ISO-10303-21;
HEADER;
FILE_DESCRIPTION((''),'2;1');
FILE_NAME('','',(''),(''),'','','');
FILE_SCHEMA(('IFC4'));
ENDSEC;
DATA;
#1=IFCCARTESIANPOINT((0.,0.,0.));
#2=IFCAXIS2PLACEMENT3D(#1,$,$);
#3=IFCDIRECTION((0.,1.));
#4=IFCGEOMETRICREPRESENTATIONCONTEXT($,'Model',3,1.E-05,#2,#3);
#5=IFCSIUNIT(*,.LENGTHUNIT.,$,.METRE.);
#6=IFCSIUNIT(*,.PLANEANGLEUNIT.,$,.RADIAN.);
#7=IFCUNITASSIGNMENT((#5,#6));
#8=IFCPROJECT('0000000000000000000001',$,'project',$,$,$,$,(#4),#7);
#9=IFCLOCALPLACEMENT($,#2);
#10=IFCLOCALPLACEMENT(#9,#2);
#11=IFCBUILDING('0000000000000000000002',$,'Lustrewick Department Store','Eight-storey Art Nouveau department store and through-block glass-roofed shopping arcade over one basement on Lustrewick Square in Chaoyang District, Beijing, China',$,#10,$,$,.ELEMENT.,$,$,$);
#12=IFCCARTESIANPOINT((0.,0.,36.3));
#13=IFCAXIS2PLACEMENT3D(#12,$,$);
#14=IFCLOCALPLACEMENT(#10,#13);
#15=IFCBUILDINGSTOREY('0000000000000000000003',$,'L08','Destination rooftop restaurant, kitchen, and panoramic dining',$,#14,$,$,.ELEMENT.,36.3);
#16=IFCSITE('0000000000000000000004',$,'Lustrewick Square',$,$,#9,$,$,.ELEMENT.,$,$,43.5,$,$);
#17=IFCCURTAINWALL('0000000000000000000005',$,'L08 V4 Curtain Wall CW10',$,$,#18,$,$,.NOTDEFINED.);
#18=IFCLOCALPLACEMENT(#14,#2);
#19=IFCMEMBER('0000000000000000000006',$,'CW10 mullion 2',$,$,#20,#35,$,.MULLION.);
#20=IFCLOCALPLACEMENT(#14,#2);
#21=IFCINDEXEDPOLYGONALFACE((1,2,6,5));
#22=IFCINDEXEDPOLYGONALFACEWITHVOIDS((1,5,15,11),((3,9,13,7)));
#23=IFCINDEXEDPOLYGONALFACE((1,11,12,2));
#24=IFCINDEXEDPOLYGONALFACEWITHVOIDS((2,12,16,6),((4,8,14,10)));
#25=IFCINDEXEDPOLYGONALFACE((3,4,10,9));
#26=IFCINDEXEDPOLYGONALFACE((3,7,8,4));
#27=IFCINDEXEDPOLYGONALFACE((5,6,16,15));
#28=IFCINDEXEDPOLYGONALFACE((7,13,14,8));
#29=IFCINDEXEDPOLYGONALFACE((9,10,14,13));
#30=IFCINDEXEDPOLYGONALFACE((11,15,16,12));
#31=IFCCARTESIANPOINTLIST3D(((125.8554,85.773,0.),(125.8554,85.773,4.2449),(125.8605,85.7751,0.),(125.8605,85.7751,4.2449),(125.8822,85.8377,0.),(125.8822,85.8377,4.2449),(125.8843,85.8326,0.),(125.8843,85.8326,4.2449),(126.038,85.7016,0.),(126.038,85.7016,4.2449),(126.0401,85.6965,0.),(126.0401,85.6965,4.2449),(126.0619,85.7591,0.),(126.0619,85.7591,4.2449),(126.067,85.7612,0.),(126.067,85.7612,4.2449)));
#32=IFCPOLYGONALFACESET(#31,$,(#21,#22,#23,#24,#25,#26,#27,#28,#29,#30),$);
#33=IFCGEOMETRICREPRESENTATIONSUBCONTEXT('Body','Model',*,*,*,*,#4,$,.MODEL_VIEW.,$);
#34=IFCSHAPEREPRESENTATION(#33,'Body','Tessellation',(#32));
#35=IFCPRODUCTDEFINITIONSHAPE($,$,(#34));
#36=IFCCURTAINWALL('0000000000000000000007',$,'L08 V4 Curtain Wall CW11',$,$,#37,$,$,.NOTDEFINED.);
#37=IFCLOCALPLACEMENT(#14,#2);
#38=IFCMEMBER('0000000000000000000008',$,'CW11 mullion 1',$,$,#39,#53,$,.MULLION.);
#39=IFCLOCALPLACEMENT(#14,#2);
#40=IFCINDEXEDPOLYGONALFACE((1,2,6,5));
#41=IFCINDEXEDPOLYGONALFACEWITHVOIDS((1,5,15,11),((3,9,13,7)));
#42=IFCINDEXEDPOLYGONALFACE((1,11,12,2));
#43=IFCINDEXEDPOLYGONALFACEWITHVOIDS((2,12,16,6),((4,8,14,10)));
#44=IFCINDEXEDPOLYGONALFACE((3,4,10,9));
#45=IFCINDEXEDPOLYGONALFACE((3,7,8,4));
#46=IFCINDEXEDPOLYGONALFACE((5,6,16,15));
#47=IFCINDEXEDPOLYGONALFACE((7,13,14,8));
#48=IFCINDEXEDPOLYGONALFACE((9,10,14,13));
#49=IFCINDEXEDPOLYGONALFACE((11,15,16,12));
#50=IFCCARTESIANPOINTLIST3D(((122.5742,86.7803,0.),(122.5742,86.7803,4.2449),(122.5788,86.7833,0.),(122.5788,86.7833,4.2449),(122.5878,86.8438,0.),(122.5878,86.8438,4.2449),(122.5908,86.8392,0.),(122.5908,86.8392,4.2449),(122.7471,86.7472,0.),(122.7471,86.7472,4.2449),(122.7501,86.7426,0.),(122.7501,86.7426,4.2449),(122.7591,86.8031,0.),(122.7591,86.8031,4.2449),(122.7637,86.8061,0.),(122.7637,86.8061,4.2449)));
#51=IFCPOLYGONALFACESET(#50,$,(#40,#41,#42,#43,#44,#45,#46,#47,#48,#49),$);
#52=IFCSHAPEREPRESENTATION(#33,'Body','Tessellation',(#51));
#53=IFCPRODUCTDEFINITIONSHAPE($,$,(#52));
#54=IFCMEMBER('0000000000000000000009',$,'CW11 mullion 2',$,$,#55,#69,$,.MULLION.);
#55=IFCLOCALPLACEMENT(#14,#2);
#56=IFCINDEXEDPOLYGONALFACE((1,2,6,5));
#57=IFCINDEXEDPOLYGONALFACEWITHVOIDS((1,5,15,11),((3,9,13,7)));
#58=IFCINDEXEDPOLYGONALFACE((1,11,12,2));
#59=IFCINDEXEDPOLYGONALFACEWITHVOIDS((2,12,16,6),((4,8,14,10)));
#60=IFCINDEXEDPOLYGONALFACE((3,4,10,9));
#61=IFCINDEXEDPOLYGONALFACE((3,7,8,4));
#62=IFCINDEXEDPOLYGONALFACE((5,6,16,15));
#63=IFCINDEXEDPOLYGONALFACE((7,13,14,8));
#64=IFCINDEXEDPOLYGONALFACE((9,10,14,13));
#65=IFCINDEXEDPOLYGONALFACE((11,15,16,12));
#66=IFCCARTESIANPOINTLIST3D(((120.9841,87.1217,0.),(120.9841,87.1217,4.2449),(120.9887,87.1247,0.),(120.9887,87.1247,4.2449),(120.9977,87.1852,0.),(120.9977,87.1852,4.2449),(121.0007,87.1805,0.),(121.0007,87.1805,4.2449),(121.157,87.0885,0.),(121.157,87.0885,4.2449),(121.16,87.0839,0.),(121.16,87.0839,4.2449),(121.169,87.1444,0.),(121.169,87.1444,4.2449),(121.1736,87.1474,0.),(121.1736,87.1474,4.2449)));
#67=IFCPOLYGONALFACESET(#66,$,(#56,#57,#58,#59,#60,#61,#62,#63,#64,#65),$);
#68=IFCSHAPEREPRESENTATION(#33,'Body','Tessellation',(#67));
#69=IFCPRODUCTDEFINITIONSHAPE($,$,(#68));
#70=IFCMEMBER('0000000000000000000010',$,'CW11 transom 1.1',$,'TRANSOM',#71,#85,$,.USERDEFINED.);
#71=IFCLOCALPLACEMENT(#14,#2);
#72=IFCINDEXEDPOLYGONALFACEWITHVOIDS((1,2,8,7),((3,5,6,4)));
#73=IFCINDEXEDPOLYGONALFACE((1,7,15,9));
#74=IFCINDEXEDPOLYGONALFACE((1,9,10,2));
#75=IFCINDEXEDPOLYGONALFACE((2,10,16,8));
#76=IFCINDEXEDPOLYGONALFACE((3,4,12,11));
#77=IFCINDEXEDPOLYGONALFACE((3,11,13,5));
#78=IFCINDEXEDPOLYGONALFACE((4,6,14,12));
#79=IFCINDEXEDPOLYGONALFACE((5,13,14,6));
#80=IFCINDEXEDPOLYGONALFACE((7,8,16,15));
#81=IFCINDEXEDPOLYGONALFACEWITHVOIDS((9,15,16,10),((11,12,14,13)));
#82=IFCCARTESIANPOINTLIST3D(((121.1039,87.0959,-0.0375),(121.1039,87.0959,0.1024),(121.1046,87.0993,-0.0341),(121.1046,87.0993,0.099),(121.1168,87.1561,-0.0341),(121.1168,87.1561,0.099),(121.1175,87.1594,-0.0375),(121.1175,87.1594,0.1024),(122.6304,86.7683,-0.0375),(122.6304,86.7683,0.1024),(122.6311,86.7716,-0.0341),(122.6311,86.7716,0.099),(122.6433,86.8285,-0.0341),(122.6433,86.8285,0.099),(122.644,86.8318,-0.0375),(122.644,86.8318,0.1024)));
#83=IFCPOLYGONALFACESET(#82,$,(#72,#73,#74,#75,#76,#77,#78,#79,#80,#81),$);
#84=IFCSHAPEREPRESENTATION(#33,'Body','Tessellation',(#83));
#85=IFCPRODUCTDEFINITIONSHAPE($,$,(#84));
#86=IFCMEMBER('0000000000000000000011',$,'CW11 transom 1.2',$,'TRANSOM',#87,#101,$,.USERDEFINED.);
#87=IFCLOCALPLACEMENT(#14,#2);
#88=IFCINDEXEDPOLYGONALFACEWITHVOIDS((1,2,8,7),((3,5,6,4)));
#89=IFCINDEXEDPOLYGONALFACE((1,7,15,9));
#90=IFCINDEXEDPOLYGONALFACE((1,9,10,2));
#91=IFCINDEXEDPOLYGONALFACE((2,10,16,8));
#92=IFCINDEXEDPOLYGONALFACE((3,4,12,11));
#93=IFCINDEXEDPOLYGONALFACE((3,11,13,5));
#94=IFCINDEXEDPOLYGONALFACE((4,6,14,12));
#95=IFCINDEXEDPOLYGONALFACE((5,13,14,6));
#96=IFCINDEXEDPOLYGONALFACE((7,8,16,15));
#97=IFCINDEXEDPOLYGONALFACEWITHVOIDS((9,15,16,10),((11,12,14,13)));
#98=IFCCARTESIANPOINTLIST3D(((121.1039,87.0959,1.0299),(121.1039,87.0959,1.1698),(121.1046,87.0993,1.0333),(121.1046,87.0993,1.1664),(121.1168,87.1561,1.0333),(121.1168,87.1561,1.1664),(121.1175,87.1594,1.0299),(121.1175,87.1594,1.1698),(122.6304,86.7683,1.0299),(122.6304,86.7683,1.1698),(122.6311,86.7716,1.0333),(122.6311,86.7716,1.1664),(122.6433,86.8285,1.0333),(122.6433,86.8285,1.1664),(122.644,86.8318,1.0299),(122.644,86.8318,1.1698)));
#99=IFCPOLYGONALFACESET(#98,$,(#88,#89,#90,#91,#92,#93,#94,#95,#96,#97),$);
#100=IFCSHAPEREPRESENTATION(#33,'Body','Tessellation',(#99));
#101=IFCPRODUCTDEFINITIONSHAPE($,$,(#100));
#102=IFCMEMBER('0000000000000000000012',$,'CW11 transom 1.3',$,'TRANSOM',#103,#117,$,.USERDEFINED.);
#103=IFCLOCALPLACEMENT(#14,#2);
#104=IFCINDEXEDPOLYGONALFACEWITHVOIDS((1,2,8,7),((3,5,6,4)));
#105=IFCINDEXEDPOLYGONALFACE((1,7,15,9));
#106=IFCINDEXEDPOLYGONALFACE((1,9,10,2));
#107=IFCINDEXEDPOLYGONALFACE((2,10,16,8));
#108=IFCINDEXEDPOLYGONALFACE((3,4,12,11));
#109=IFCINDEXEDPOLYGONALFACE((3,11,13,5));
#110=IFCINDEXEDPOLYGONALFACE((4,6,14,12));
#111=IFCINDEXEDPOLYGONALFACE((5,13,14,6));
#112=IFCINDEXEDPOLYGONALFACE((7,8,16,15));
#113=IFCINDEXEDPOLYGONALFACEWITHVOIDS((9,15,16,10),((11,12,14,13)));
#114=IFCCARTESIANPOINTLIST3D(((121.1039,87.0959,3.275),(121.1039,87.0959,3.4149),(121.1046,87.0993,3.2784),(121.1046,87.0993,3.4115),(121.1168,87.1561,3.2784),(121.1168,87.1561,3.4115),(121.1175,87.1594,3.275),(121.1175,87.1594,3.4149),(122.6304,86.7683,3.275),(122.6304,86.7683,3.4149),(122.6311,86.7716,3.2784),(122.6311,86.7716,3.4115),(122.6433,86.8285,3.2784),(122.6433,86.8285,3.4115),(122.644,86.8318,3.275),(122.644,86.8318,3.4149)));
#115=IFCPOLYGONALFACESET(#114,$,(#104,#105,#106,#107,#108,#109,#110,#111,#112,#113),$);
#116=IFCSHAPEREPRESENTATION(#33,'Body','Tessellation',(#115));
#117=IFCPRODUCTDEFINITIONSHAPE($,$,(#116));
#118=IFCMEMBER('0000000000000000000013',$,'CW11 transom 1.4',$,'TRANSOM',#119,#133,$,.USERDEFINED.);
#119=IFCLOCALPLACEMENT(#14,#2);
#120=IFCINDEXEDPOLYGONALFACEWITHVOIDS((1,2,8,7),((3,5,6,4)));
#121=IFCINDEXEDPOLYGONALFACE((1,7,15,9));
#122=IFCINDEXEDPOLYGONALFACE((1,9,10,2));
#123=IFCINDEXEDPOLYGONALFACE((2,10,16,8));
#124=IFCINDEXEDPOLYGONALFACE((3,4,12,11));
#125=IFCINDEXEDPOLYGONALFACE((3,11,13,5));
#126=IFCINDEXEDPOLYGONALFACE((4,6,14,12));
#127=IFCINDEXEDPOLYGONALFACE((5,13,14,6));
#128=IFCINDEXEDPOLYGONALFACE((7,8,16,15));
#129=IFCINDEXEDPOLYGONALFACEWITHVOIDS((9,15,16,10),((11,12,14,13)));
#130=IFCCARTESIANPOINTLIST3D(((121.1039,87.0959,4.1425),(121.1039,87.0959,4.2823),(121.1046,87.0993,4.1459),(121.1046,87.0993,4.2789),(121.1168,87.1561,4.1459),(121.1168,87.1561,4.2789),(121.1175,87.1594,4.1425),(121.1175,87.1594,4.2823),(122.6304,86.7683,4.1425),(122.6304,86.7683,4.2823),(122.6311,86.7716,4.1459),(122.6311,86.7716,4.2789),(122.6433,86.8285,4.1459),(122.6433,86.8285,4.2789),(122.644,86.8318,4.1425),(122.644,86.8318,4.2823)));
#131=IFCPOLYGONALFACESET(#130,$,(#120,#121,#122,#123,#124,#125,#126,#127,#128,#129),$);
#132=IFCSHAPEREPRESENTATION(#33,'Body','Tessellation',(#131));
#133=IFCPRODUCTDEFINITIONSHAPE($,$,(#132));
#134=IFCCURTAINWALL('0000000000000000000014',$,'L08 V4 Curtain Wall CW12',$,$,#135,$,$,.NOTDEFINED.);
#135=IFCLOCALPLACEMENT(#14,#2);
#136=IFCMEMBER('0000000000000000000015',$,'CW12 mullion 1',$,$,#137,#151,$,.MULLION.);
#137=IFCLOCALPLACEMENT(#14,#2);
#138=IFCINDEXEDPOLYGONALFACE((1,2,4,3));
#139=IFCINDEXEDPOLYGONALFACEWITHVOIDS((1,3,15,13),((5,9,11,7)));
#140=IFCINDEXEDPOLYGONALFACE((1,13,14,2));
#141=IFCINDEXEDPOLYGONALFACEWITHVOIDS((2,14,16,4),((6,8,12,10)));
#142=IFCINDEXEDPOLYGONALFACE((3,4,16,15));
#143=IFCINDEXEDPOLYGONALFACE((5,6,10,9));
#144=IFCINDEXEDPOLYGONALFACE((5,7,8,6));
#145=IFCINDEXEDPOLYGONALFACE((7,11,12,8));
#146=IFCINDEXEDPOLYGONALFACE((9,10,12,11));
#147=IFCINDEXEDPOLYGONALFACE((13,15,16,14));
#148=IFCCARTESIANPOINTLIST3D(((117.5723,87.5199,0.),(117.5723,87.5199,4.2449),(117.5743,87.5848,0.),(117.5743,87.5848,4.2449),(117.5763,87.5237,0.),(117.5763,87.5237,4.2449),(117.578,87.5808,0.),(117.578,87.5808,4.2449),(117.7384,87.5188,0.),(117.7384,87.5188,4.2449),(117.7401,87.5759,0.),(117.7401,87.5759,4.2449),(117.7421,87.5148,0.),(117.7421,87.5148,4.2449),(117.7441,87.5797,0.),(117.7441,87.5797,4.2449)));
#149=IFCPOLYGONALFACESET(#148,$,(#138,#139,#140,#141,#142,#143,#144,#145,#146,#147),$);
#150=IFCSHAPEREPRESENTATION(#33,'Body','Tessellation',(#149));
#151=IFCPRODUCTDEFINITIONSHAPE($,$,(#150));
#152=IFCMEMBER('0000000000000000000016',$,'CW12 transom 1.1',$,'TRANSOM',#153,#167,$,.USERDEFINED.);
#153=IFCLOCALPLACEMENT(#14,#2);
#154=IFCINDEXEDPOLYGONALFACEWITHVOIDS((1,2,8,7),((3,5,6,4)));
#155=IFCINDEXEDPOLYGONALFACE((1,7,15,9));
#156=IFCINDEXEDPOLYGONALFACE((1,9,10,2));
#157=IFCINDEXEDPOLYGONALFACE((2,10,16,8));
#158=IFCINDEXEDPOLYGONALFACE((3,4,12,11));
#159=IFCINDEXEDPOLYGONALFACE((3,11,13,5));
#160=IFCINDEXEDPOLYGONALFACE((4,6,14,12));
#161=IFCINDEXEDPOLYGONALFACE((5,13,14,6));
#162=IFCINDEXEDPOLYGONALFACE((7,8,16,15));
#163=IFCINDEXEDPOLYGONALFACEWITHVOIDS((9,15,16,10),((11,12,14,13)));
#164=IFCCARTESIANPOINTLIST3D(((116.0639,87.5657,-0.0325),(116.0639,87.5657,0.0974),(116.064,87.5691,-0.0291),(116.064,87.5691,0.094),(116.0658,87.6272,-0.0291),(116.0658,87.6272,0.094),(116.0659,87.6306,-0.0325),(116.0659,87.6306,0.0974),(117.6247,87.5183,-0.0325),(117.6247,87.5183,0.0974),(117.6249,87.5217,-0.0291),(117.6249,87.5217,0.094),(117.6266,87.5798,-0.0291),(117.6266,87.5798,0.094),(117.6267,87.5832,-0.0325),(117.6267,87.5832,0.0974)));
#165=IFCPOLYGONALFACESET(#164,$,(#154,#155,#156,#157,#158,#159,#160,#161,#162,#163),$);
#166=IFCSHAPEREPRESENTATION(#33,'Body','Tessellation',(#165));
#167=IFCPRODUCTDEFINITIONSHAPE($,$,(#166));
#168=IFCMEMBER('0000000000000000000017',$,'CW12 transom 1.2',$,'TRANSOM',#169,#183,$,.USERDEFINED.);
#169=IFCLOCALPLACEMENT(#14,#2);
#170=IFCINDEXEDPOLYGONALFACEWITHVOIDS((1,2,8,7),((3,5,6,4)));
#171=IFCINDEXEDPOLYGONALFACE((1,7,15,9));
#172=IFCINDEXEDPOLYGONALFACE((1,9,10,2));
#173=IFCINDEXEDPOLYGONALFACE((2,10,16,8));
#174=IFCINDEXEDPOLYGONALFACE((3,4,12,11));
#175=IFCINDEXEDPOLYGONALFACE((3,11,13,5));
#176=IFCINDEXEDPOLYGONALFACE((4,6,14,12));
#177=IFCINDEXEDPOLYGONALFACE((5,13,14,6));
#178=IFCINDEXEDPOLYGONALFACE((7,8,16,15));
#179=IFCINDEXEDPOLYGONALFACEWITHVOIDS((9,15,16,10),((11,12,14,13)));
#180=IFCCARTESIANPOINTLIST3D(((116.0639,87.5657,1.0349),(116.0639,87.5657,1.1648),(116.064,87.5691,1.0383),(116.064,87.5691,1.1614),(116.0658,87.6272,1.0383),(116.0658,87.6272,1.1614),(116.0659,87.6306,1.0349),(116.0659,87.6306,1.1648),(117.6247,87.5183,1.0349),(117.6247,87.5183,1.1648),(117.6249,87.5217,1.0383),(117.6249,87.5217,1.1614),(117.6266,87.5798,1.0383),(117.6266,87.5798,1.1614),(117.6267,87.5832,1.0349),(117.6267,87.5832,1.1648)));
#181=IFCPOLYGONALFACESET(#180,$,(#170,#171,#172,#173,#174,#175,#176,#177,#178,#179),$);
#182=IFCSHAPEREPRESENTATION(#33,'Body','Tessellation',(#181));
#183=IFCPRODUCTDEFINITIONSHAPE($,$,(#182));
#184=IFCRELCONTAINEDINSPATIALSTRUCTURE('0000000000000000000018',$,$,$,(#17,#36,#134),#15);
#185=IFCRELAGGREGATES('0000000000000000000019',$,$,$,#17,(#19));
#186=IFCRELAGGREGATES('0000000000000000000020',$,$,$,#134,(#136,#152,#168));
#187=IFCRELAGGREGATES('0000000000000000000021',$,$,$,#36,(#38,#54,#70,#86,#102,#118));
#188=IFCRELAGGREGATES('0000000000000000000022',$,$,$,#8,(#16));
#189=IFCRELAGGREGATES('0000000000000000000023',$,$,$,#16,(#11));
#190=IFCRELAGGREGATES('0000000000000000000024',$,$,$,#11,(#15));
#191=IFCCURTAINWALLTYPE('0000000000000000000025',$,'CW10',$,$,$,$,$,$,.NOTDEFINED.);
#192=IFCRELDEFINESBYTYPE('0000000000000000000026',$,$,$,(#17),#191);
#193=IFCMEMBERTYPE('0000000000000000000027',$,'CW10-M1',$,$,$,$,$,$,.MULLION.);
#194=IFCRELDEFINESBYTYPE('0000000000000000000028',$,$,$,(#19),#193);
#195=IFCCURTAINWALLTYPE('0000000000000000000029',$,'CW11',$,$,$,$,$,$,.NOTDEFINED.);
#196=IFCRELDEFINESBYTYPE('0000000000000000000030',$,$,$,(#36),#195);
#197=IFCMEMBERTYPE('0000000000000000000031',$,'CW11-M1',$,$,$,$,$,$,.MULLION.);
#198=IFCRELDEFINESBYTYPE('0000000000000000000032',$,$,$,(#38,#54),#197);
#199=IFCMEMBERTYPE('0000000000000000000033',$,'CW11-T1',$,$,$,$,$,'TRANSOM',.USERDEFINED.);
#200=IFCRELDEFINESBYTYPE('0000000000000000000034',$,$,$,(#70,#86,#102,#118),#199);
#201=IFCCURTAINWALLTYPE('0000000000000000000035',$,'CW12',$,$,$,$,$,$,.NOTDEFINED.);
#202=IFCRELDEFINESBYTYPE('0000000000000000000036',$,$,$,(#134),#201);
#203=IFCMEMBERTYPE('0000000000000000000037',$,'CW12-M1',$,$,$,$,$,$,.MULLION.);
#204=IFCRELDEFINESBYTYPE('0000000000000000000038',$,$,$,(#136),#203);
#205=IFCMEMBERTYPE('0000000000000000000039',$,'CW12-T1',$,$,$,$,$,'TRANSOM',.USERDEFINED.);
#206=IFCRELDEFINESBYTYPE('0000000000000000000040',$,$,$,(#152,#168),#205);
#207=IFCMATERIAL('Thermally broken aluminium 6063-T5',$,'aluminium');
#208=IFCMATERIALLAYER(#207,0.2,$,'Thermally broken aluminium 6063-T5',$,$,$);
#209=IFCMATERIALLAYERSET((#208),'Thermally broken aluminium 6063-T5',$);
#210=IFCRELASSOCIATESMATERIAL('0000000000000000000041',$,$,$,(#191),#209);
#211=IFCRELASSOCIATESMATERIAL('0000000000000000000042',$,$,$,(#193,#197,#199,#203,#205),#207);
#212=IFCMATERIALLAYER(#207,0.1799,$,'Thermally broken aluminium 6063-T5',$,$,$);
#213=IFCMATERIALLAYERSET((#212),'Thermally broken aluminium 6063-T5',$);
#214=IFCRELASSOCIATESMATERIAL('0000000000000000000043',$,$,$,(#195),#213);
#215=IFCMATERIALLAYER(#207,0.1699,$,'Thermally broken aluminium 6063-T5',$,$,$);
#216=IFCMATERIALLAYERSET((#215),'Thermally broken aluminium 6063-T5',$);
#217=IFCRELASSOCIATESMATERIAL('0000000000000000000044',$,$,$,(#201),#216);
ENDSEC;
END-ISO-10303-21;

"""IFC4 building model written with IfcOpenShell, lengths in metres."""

from ifc_helpers import new_model, si_unit, direction, frame, origin, origin_2d, place, context, subcontext, project, spatial, hollow_rectangle, extrude, material, layer, layer_set, material_profile, profile_set, type_object, element, aggregate, save


model = new_model("IFC4")

# Units and contexts
model_context = context("Model", 3, precision=1e-05, world=origin(), true_north=direction((0.0, 1.0)))
body_context = subcontext(model_context, "Body", "Model", "MODEL_VIEW")
ifc_project = project(units=[si_unit("LENGTHUNIT", "METRE"), si_unit("PLANEANGLEUNIT", "RADIAN")], contexts=[model_context])

# Site, building, storey
site_placement = place(None, origin())
site = spatial("IfcSite", under=ifc_project, at=site_placement, Name="Lustrewick Square", CompositionType="ELEMENT", RefElevation=43.5)
building_placement = place(site_placement, origin())
building = spatial("IfcBuilding", under=site, at=building_placement, Name="Lustrewick Department Store", Description="Eight-storey Art Nouveau department store and through-block glass-roofed shopping arcade over one basement on Lustrewick Square in Chaoyang District, Beijing, China", CompositionType="ELEMENT")
storey_placement = place(building_placement, frame((0.0, 0.0, 36.3)))
storey = spatial("IfcBuildingStorey", under=building, at=storey_placement, Name="L08", Description="Destination rooftop restaurant, kitchen, and panoramic dining", CompositionType="ELEMENT", Elevation=36.3)

# Curtain wall, member
ifc_material_1 = material(Name="Thermally broken aluminium 6063-T5", Category="aluminium")
ifc_layer_1 = layer(ifc_material_1, 0.2, Name="Thermally broken aluminium 6063-T5")
ifc_layer_set_1 = layer_set([ifc_layer_1], Name="Thermally broken aluminium 6063-T5")
curtain_wall_type_1 = type_object("IfcCurtainWallType", Name="CW10", PredefinedType="NOTDEFINED", material=ifc_layer_set_1)
curtain_wall_1_placement = place(storey_placement, origin())
curtain_wall_1 = element("IfcCurtainWall", 1, at=curtain_wall_1_placement, inside=storey, type_object=curtain_wall_type_1, Name="L08 V4 Curtain Wall CW10", PredefinedType="NOTDEFINED")
ifc_material_profile_1 = material_profile(ifc_material_1, hollow_rectangle(XDim=0.0701, YDim=0.2, WallThickness=0.0039, at=origin_2d()), Name="ALU-M 70x200x4")
ifc_profile_set_1 = profile_set([ifc_material_profile_1], Name="Thermally broken aluminium 6063-T5")
member_type_1 = type_object("IfcMemberType", Name="CW10-M1", PredefinedType="MULLION", material=ifc_profile_set_1)
member_1_placement = place(storey_placement, frame((125.9612, 85.7671, 0.0), z_axis=(0.0, 0.0, 1.0), x_axis=(-0.382688, -0.923878, 0.0)))
member_1 = element("IfcMember", 2, at=member_1_placement, type_object=member_type_1, Name="CW10 mullion 2", PredefinedType="MULLION", context=body_context, shape_type="SweptSolid", body=[
    extrude(hollow_rectangle(XDim=0.0701, YDim=0.2, WallThickness=0.0039, at=origin_2d()), origin(), (0.0, 0.0, 1.0), 4.2449),
])
aggregate(curtain_wall_1, [member_1])

# Curtain walls, members
ifc_layer_2 = layer(ifc_material_1, 0.1799, Name="Thermally broken aluminium 6063-T5")
ifc_layer_set_2 = layer_set([ifc_layer_2], Name="Thermally broken aluminium 6063-T5")
curtain_wall_type_2 = type_object("IfcCurtainWallType", Name="CW11", PredefinedType="NOTDEFINED", material=ifc_layer_set_2)
curtain_wall_2_placement = place(storey_placement, origin())
curtain_wall_2 = element("IfcCurtainWall", 3, at=curtain_wall_2_placement, inside=storey, type_object=curtain_wall_type_2, Name="L08 V4 Curtain Wall CW11", PredefinedType="NOTDEFINED")
ifc_material_profile_2 = material_profile(ifc_material_1, hollow_rectangle(XDim=0.0649, YDim=0.1799, WallThickness=0.0039, at=origin_2d()), Name="ALU-M 65x180x4")
ifc_profile_set_2 = profile_set([ifc_material_profile_2], Name="Thermally broken aluminium 6063-T5")
member_type_2 = type_object("IfcMemberType", Name="CW11-M1", PredefinedType="MULLION", material=ifc_profile_set_2)
member_2_placement = place(storey_placement, frame((122.6689, 86.7932, 0.0), z_axis=(0.0, 0.0, 1.0), x_axis=(-0.209888, -0.977725, 0.0)))
member_2 = element("IfcMember", 4, at=member_2_placement, type_object=member_type_2, Name="CW11 mullion 1", PredefinedType="MULLION", context=body_context, shape_type="SweptSolid", body=[
    extrude(hollow_rectangle(XDim=0.0649, YDim=0.1799, WallThickness=0.0039, at=origin_2d()), origin(), (0.0, 0.0, 1.0), 4.2449),
])
member_3_placement = place(storey_placement, frame((121.0789, 87.1345, 0.0), z_axis=(0.0, 0.0, 1.0), x_axis=(-0.209888, -0.977725, 0.0)))
member_3 = element("IfcMember", 5, at=member_3_placement, type_object=member_type_2, Name="CW11 mullion 2", PredefinedType="MULLION", context=body_context, shape_type="SweptSolid", body=[
    extrude(hollow_rectangle(XDim=0.0649, YDim=0.1799, WallThickness=0.0039, at=origin_2d()), origin(), (0.0, 0.0, 1.0), 4.2449),
])
ifc_material_profile_3 = material_profile(ifc_material_1, hollow_rectangle(XDim=0.0649, YDim=0.1399, WallThickness=0.0034, at=origin_2d()), Name="ALU-T 65x140x3.5")
ifc_profile_set_3 = profile_set([ifc_material_profile_3], Name="Thermally broken aluminium 6063-T5")
member_type_3 = type_object("IfcMemberType", Name="CW11-T1", ElementType="TRANSOM", PredefinedType="USERDEFINED", material=ifc_profile_set_3)
member_4_placement = place(storey_placement, frame((122.6372, 86.8, 0.0325), z_axis=(-0.977736, 0.209839, 0.0), x_axis=(-0.209839, -0.977736, 0.0)))
member_4 = element("IfcMember", 6, at=member_4_placement, type_object=member_type_3, Name="CW11 transom 1.1", ObjectType="TRANSOM", PredefinedType="USERDEFINED", context=body_context, shape_type="SweptSolid", body=[
    extrude(hollow_rectangle(XDim=0.0649, YDim=0.1399, WallThickness=0.0034, at=origin_2d()), origin(), (0.0, 0.0, 1.0), 1.5613),
])
member_5_placement = place(storey_placement, frame((122.6372, 86.8, 1.0999), z_axis=(-0.977736, 0.209839, 0.0), x_axis=(-0.209839, -0.977736, 0.0)))
member_5 = element("IfcMember", 7, at=member_5_placement, type_object=member_type_3, Name="CW11 transom 1.2", ObjectType="TRANSOM", PredefinedType="USERDEFINED", context=body_context, shape_type="SweptSolid", body=[
    extrude(hollow_rectangle(XDim=0.0649, YDim=0.1399, WallThickness=0.0034, at=origin_2d()), origin(), (0.0, 0.0, 1.0), 1.5613),
])
member_6_placement = place(storey_placement, frame((122.6372, 86.8, 3.345), z_axis=(-0.977736, 0.209839, 0.0), x_axis=(-0.209839, -0.977736, 0.0)))
member_6 = element("IfcMember", 8, at=member_6_placement, type_object=member_type_3, Name="CW11 transom 1.3", ObjectType="TRANSOM", PredefinedType="USERDEFINED", context=body_context, shape_type="SweptSolid", body=[
    extrude(hollow_rectangle(XDim=0.0649, YDim=0.1399, WallThickness=0.0034, at=origin_2d()), origin(), (0.0, 0.0, 1.0), 1.5613),
])
member_7_placement = place(storey_placement, frame((122.6372, 86.8, 4.2124), z_axis=(-0.977736, 0.209839, 0.0), x_axis=(-0.209839, -0.977736, 0.0)))
member_7 = element("IfcMember", 9, at=member_7_placement, type_object=member_type_3, Name="CW11 transom 1.4", ObjectType="TRANSOM", PredefinedType="USERDEFINED", context=body_context, shape_type="SweptSolid", body=[
    extrude(hollow_rectangle(XDim=0.0649, YDim=0.1399, WallThickness=0.0034, at=origin_2d()), origin(), (0.0, 0.0, 1.0), 1.5613),
])
ifc_layer_3 = layer(ifc_material_1, 0.1699, Name="Thermally broken aluminium 6063-T5")
ifc_layer_set_3 = layer_set([ifc_layer_3], Name="Thermally broken aluminium 6063-T5")
curtain_wall_type_3 = type_object("IfcCurtainWallType", Name="CW12", PredefinedType="NOTDEFINED", material=ifc_layer_set_3)
curtain_wall_3_placement = place(storey_placement, origin())
curtain_wall_3 = element("IfcCurtainWall", 10, at=curtain_wall_3_placement, inside=storey, type_object=curtain_wall_type_3, Name="L08 V4 Curtain Wall CW12", PredefinedType="NOTDEFINED")
ifc_material_profile_4 = material_profile(ifc_material_1, hollow_rectangle(XDim=0.0649, YDim=0.1699, WallThickness=0.0039, at=origin_2d()), Name="ALU-M 65x170x4")
ifc_profile_set_4 = profile_set([ifc_material_profile_4], Name="Thermally broken aluminium 6063-T5")
member_type_4 = type_object("IfcMemberType", Name="CW12-M1", PredefinedType="MULLION", material=ifc_profile_set_4)
member_8_placement = place(storey_placement, frame((117.6582, 87.5498, 0.0), z_axis=(0.0, 0.0, 1.0), x_axis=(-0.030212, -0.999544, 0.0)))
member_8 = element("IfcMember", 11, at=member_8_placement, type_object=member_type_4, Name="CW12 mullion 1", PredefinedType="MULLION", context=body_context, shape_type="SweptSolid", body=[
    extrude(hollow_rectangle(XDim=0.0649, YDim=0.1699, WallThickness=0.0039, at=origin_2d()), origin(), (0.0, 0.0, 1.0), 4.2449),
])
ifc_material_profile_5 = material_profile(ifc_material_1, hollow_rectangle(XDim=0.0649, YDim=0.1299, WallThickness=0.0034, at=origin_2d()), Name="ALU-T 65x130x3.5")
ifc_profile_set_5 = profile_set([ifc_material_profile_5], Name="Thermally broken aluminium 6063-T5")
member_type_5 = type_object("IfcMemberType", Name="CW12-T1", ElementType="TRANSOM", PredefinedType="USERDEFINED", material=ifc_profile_set_5)
member_9_placement = place(storey_placement, frame((117.6257, 87.5508, 0.0325), z_axis=(-0.99954, 0.030332, 0.0), x_axis=(-0.030332, -0.99954, 0.0)))
member_9 = element("IfcMember", 12, at=member_9_placement, type_object=member_type_5, Name="CW12 transom 1.1", ObjectType="TRANSOM", PredefinedType="USERDEFINED", context=body_context, shape_type="SweptSolid", body=[
    extrude(hollow_rectangle(XDim=0.0649, YDim=0.1299, WallThickness=0.0034, at=origin_2d()), origin(), (0.0, 0.0, 1.0), 1.5615),
])
member_10_placement = place(storey_placement, frame((117.6257, 87.5508, 1.0999), z_axis=(-0.99954, 0.030332, 0.0), x_axis=(-0.030332, -0.99954, 0.0)))
member_10 = element("IfcMember", 13, at=member_10_placement, type_object=member_type_5, Name="CW12 transom 1.2", ObjectType="TRANSOM", PredefinedType="USERDEFINED", context=body_context, shape_type="SweptSolid", body=[
    extrude(hollow_rectangle(XDim=0.0649, YDim=0.1299, WallThickness=0.0034, at=origin_2d()), origin(), (0.0, 0.0, 1.0), 1.5615),
])
aggregate(curtain_wall_3, [member_8, member_9, member_10])

aggregate(curtain_wall_2, [member_2, member_3, member_4, member_5, member_6, member_7])

save(model, "model.ifc")
